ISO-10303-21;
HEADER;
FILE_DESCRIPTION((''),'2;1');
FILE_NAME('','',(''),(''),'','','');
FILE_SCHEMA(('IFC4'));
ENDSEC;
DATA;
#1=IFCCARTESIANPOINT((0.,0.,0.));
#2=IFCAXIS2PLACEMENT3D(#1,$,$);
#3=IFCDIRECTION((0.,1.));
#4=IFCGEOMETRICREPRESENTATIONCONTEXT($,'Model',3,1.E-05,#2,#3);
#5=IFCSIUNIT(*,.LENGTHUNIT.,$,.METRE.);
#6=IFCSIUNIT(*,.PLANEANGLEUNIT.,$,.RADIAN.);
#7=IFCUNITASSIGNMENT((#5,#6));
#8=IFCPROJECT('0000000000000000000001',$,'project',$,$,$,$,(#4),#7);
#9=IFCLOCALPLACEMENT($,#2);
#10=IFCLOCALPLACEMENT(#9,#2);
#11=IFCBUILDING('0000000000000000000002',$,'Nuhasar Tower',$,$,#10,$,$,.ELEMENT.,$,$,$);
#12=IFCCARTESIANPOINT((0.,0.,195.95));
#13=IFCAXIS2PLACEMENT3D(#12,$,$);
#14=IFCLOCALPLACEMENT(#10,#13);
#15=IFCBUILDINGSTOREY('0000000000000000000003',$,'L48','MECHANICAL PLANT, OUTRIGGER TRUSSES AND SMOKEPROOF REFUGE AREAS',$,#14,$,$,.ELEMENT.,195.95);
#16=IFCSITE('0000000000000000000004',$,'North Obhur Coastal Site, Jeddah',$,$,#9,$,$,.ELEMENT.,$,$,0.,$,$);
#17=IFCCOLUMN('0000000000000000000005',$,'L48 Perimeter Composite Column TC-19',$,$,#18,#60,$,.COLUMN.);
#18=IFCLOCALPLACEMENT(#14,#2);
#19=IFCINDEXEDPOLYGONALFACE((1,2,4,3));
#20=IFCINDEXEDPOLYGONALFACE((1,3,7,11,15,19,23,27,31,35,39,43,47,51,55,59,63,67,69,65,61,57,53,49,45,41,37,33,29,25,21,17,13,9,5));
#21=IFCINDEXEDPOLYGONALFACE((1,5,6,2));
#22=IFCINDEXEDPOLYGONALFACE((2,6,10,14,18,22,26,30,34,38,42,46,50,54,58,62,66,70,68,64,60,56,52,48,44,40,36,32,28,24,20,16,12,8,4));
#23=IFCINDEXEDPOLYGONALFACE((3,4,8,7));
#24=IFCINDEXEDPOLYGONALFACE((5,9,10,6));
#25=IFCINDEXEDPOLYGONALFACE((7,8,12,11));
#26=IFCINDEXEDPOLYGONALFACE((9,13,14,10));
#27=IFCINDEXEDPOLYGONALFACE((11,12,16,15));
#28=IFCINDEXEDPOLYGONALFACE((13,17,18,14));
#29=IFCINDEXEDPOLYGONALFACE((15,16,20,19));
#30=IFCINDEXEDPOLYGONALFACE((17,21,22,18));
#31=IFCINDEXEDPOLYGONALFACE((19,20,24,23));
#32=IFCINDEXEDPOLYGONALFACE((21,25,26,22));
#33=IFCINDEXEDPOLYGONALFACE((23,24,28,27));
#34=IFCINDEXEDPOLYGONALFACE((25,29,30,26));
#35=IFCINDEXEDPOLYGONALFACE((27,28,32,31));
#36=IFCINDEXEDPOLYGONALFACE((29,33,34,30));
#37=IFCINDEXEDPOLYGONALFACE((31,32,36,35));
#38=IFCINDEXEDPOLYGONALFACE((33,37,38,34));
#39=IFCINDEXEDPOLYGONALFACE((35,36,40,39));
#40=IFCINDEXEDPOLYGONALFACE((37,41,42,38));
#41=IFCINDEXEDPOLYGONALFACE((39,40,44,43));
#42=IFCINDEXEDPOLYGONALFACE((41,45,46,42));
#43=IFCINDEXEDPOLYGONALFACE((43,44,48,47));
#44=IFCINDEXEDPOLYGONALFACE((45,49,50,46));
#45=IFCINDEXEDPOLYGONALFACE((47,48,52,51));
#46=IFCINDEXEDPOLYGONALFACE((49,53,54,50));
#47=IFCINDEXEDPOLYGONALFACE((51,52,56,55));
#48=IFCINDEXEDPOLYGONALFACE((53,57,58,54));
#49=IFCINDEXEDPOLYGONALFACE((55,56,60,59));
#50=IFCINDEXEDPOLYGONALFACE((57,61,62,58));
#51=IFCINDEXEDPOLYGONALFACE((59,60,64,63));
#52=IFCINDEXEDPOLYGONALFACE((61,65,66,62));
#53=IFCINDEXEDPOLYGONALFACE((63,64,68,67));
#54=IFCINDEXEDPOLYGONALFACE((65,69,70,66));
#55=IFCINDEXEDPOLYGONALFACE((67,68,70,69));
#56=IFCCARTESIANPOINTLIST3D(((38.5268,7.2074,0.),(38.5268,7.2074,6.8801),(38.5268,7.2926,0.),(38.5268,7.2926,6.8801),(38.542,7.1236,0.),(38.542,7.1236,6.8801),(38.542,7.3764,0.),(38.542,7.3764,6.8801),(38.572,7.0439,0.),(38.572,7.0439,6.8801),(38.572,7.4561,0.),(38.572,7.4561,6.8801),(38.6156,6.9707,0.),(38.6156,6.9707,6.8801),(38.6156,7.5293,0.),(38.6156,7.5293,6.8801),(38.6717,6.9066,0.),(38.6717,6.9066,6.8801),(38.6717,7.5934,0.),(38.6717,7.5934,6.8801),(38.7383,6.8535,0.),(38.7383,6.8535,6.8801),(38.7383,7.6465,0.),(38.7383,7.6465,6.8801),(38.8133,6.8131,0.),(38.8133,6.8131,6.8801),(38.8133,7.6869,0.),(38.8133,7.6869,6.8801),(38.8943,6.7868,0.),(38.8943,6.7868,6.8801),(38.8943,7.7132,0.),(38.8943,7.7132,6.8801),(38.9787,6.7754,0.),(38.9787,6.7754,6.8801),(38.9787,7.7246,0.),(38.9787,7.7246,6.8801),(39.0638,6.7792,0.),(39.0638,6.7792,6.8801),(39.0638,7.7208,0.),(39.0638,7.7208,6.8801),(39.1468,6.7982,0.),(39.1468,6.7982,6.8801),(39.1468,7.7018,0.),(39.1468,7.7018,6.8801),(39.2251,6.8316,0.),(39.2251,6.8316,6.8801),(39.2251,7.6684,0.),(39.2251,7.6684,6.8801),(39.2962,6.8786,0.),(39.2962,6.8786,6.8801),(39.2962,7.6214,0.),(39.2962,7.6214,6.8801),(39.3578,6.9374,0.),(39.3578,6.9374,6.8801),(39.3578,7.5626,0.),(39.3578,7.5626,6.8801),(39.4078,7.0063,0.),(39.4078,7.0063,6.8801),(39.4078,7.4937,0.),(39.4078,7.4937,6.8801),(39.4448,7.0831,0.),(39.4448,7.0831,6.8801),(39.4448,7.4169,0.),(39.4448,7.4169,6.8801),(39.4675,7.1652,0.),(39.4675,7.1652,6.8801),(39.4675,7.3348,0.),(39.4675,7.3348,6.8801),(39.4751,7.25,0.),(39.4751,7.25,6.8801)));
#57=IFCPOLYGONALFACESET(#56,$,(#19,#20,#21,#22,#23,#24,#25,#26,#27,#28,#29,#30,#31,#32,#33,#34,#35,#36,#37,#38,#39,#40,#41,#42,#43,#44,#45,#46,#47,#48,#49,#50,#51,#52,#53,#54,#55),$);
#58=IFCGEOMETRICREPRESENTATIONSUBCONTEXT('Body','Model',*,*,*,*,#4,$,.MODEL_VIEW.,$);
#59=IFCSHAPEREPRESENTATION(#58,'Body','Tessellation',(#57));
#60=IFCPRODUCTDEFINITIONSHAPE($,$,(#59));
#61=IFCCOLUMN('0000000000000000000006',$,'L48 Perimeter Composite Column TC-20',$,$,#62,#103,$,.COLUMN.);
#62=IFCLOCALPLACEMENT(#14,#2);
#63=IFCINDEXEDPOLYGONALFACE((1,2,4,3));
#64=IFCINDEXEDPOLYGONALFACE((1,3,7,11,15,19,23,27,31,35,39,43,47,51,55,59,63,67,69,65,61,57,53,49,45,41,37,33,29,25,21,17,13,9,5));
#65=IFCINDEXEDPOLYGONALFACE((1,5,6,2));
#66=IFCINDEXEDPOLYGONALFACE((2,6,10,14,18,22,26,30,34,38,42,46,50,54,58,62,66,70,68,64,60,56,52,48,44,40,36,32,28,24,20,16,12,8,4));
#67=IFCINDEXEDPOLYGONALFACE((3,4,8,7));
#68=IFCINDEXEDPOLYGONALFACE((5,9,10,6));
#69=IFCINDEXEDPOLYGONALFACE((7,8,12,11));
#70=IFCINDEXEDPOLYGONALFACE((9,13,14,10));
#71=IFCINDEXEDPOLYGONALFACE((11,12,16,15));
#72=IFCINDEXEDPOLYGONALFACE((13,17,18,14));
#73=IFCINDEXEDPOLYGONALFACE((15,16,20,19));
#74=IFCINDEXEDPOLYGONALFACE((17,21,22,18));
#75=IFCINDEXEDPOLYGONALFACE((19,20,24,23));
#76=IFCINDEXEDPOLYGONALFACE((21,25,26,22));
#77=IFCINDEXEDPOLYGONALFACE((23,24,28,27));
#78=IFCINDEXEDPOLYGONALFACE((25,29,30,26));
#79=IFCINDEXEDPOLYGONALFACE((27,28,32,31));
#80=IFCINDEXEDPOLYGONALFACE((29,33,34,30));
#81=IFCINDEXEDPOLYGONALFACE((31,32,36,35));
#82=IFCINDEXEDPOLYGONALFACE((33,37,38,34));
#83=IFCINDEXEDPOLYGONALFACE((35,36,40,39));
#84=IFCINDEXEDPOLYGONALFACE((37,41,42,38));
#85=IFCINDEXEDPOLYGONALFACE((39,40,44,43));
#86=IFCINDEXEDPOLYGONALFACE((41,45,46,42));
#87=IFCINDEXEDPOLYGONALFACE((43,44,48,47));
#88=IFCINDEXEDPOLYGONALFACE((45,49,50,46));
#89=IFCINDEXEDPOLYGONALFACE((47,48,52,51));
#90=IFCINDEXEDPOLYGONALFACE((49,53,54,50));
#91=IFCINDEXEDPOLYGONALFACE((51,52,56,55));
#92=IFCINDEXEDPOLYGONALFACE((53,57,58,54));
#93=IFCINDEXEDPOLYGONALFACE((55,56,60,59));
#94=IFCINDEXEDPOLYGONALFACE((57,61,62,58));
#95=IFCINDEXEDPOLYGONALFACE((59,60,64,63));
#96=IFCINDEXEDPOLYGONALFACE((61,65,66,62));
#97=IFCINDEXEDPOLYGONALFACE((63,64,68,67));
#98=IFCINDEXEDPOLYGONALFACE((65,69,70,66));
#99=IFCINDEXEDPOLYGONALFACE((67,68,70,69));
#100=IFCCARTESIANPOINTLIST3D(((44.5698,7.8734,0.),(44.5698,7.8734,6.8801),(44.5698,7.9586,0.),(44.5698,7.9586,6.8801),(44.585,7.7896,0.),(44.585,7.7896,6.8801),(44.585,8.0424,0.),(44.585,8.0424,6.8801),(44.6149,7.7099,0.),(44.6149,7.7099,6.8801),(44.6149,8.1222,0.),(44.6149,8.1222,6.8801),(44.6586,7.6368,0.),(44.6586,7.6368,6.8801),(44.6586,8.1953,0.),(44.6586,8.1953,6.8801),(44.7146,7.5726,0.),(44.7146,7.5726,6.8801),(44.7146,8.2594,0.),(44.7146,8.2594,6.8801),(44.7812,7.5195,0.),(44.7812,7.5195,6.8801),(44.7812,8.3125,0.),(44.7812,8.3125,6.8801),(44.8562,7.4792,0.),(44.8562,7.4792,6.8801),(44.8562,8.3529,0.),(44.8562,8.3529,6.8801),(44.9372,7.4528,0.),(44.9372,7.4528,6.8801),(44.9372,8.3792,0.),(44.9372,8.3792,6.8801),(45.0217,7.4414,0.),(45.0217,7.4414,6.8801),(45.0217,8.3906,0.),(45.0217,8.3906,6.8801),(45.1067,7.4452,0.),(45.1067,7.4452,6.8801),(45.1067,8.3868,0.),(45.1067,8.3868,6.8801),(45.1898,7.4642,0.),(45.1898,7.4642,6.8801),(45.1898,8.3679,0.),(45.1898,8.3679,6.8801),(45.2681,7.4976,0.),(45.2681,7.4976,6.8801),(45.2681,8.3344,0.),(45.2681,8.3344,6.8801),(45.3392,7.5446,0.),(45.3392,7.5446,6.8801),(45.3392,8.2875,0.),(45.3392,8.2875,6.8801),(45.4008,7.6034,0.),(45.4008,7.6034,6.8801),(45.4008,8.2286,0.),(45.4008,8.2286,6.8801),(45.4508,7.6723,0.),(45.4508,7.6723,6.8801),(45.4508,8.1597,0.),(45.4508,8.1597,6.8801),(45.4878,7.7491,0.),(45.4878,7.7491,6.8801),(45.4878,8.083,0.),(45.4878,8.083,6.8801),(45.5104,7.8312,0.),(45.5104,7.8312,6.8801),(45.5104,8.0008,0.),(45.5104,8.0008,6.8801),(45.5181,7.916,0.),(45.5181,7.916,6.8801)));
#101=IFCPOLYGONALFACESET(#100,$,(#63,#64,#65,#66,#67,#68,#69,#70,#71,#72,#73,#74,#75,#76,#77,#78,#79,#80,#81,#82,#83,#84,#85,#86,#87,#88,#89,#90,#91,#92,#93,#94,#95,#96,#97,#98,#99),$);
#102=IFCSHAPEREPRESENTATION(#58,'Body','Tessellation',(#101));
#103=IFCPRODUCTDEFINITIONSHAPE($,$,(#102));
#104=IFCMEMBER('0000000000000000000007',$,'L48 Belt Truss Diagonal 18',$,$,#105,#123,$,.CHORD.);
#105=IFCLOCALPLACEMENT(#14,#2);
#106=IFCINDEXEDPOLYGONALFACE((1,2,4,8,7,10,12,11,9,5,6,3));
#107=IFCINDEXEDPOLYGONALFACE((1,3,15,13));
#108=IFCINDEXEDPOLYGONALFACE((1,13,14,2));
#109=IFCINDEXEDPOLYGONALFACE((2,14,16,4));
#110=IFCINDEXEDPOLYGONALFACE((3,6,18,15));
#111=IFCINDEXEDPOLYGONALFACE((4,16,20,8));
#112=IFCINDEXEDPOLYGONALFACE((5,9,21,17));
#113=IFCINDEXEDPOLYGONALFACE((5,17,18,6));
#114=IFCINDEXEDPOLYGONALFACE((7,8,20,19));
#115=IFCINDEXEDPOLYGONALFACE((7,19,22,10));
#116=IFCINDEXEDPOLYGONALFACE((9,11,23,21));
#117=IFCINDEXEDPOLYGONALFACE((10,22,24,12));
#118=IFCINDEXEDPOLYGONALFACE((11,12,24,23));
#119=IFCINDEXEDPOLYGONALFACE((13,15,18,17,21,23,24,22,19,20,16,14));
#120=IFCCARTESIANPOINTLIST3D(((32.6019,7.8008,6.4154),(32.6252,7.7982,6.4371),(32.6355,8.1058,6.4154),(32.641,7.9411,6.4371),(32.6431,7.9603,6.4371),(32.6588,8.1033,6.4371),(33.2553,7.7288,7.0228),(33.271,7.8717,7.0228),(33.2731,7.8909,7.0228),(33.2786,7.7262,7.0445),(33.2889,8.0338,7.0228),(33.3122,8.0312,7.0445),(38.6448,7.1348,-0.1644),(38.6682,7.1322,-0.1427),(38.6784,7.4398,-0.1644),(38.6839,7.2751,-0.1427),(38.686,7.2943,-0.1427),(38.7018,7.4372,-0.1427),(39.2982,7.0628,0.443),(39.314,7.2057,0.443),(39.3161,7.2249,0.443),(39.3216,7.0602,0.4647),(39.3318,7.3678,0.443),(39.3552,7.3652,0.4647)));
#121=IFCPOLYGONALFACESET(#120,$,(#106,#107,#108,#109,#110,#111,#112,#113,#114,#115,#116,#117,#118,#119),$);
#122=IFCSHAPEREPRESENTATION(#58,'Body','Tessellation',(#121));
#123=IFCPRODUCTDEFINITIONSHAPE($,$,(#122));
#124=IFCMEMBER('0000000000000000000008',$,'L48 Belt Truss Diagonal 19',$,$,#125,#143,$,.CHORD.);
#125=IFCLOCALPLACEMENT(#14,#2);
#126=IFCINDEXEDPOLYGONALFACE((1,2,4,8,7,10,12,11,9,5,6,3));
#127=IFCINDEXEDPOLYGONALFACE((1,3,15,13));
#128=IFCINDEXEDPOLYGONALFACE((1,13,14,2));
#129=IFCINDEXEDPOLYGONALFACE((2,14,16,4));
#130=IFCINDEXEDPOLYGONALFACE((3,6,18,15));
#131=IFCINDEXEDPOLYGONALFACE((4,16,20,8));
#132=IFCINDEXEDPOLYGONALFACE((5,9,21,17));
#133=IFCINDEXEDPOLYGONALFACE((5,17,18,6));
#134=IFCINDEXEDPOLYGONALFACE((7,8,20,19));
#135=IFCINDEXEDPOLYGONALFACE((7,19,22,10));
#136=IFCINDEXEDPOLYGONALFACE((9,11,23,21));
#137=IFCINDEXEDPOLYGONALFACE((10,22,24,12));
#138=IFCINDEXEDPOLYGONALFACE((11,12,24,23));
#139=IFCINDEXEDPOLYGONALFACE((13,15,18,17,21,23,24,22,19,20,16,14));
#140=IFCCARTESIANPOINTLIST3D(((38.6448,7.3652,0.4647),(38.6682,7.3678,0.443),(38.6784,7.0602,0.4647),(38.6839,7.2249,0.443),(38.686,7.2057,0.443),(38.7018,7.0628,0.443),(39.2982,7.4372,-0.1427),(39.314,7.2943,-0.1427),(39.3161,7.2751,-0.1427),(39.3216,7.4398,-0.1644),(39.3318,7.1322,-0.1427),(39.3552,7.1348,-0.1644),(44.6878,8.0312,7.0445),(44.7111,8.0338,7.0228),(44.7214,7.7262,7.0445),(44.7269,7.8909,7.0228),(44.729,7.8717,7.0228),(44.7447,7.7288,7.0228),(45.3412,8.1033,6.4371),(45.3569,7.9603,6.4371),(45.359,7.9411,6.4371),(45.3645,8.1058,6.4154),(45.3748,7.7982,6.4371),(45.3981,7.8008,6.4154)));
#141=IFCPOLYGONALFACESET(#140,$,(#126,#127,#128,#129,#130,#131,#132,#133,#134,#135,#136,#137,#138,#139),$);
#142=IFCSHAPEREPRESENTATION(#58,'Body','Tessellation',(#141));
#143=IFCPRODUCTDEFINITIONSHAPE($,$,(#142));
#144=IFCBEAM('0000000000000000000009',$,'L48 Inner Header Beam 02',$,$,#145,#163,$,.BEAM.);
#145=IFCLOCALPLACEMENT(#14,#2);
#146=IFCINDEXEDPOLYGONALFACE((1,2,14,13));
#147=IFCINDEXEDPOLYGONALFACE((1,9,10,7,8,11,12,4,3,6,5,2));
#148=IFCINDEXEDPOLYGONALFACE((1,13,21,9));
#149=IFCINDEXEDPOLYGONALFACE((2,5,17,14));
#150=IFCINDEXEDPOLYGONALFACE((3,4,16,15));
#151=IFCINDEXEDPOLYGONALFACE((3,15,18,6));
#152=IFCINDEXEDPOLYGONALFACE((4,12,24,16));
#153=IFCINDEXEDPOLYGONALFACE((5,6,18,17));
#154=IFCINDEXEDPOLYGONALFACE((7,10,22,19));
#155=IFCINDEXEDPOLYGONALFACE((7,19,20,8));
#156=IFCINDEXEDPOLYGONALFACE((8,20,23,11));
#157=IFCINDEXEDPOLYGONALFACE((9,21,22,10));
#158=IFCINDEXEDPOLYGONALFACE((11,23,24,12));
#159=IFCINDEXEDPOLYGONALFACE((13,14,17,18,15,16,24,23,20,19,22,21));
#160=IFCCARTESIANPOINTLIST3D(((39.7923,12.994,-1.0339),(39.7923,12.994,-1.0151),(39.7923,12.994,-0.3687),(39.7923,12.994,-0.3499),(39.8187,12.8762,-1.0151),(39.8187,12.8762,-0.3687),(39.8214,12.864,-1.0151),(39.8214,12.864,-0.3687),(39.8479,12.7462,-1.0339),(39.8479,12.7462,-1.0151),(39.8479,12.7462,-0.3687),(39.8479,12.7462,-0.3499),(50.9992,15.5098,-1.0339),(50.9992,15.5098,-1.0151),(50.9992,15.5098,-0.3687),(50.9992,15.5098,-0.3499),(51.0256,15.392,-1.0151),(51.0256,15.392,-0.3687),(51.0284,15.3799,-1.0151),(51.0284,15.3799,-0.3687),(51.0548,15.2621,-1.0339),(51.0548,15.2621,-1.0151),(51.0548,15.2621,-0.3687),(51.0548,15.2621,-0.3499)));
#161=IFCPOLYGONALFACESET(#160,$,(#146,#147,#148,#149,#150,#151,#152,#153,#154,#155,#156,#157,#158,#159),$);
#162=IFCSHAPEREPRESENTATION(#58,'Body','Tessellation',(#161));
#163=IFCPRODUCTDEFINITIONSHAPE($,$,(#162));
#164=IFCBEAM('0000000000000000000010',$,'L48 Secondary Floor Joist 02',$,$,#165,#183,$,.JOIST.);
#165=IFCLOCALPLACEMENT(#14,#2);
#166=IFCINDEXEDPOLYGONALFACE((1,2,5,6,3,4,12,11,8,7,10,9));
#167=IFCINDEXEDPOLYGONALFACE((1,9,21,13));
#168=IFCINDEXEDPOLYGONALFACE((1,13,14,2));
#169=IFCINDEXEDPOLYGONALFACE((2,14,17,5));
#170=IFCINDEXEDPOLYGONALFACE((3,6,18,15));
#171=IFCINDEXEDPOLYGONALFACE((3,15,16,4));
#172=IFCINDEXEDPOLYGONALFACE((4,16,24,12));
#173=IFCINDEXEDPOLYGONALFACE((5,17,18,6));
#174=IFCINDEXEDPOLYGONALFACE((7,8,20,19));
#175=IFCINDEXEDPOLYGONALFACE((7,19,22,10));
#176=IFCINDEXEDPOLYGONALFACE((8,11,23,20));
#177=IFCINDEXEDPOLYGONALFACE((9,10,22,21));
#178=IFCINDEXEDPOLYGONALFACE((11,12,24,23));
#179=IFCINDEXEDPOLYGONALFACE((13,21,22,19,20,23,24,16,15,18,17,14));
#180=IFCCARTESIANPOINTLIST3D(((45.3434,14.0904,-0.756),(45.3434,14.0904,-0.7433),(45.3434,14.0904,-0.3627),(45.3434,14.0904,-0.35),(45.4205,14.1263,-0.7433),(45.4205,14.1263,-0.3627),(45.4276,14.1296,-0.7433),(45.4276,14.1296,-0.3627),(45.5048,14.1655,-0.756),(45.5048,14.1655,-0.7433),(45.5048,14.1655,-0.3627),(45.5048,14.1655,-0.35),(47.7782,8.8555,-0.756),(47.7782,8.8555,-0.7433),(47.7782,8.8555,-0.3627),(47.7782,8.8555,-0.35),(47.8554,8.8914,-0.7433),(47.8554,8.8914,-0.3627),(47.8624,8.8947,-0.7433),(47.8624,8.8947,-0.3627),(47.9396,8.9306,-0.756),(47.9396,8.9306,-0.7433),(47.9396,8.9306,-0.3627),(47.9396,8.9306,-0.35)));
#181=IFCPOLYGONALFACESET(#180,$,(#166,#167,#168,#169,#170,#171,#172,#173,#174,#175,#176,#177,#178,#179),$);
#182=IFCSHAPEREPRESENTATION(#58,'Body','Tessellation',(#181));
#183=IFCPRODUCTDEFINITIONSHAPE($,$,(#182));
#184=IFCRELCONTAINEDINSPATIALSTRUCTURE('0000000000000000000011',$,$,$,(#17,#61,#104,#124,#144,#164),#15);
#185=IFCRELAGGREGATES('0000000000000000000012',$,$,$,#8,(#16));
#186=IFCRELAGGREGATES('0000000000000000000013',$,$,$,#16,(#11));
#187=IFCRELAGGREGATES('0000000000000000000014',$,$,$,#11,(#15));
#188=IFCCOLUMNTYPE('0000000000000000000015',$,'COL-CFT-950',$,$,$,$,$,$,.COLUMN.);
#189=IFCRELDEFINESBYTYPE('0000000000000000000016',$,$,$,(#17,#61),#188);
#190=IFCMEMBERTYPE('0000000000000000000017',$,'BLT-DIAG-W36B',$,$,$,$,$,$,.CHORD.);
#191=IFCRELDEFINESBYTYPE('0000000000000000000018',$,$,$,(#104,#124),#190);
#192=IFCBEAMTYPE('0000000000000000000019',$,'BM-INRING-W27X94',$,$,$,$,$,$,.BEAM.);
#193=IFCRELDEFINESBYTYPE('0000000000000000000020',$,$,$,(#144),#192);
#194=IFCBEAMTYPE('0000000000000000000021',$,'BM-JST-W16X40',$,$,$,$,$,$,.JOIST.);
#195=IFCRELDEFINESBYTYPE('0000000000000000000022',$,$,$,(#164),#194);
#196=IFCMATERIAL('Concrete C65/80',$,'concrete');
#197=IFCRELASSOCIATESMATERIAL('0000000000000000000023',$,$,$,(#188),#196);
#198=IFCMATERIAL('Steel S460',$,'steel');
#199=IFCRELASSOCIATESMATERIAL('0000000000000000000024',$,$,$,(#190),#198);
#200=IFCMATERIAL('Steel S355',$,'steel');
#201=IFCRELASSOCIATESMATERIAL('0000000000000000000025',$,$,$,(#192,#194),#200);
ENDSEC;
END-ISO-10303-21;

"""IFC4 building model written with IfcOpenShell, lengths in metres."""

from ifc_helpers import new_model, si_unit, direction, frame, origin, origin_2d, place, context, subcontext, project, spatial, circle, i_section, extrude, material, material_profile, profile_set, type_object, element, save


model = new_model("IFC4")

# Units and contexts
model_context = context("Model", 3, precision=1e-05, world=origin(), true_north=direction((0.0, 1.0)))
body_context = subcontext(model_context, "Body", "Model", "MODEL_VIEW")
ifc_project = project(units=[si_unit("LENGTHUNIT", "METRE"), si_unit("PLANEANGLEUNIT", "RADIAN")], contexts=[model_context])

# Site, building, storey
site_placement = place(None, origin())
site = spatial("IfcSite", under=ifc_project, at=site_placement, Name="North Obhur Coastal Site, Jeddah", CompositionType="ELEMENT", RefElevation=0.0)
building_placement = place(site_placement, origin())
building = spatial("IfcBuilding", under=site, at=building_placement, Name="Nuhasar Tower", CompositionType="ELEMENT")
storey_placement = place(building_placement, frame((0.0, 0.0, 195.95)))
storey = spatial("IfcBuildingStorey", under=building, at=storey_placement, Name="L48", Description="MECHANICAL PLANT, OUTRIGGER TRUSSES AND SMOKEPROOF REFUGE AREAS", CompositionType="ELEMENT", Elevation=195.95)

# Columns
ifc_material_1 = material(Name="Concrete C65/80", Category="concrete")
ifc_material_profile_1 = material_profile(ifc_material_1, circle(Radius=0.4751, at=origin_2d()), Name="CFT950")
ifc_profile_set_1 = profile_set([ifc_material_profile_1], Name="Concrete C65/80")
column_type = type_object("IfcColumnType", Name="COL-CFT-950", PredefinedType="COLUMN", material=ifc_profile_set_1)
for number, where, z_axis, x_axis, name in (
    (1, (39.0, 7.25, 0.0), (0.0, 0.0, 1.0), (1.0, 0.0, 0.0), "L48 Perimeter Composite Column TC-19"),
    (2, (45.043, 7.916, 0.0), (0.0, 0.0, 1.0), (1.0, 0.0, 0.0), "L48 Perimeter Composite Column TC-20"),
):
    element("IfcColumn", number, at=place(storey_placement, frame(where, z_axis=z_axis, x_axis=x_axis)), inside=storey, type_object=column_type, Name=name, PredefinedType="COLUMN", context=body_context, shape_type="SweptSolid", body=[
        extrude(circle(Radius=0.4751, at=origin_2d()), origin(), (0.0, 0.0, 1.0), 6.8801),
    ])

# Members
ifc_material_2 = material(Name="Steel S460", Category="steel")
ifc_material_profile_2 = material_profile(ifc_material_2, i_section(OverallWidth=0.3069, OverallDepth=0.927, WebThickness=0.0193, FlangeThickness=0.032, at=origin_2d()), Name="W36X194")
ifc_profile_set_2 = profile_set([ifc_material_profile_2], Name="Steel S460")
member_type_1 = type_object("IfcMemberType", Name="BLT-DIAG-W36B", PredefinedType="CHORD", material=ifc_profile_set_2)
for number, where, z_axis, x_axis, name in (
    (3, (39.0, 7.25, 0.1501), (-0.674549, 0.074344, 0.734477), (-0.10955, -0.993981, 0.0), "L48 Belt Truss Diagonal 18"),
    (4, (39.0, 7.25, 0.1501), (0.674549, 0.074344, 0.734477), (-0.10955, 0.993981, 0.0), "L48 Belt Truss Diagonal 19"),
):
    element("IfcMember", number, at=place(storey_placement, frame(where, z_axis=z_axis, x_axis=x_axis)), inside=storey, type_object=member_type_1, Name=name, PredefinedType="CHORD", context=body_context, shape_type="SweptSolid", body=[
        extrude(i_section(OverallWidth=0.3069, OverallDepth=0.927, WebThickness=0.0193, FlangeThickness=0.032, at=origin_2d()), origin(), (0.0, 0.0, 1.0), 8.9585),
    ])

# Beams
ifc_material_3 = material(Name="Steel S355", Category="steel")
ifc_material_profile_3 = material_profile(ifc_material_3, i_section(OverallWidth=0.2539, OverallDepth=0.6841, WebThickness=0.0125, FlangeThickness=0.0188, at=origin_2d()), Name="W27X94")
ifc_profile_set_3 = profile_set([ifc_material_profile_3], Name="Steel S355")
beam_type_1 = type_object("IfcBeamType", Name="BM-INRING-W27X94", PredefinedType="BEAM", material=ifc_profile_set_3)
beam_1_placement = place(storey_placement, frame((39.8201, 12.8701, -0.6919), z_axis=(0.975716, 0.219039, 0.0), x_axis=(-0.219039, 0.975716, 0.0)))
element("IfcBeam", 5, at=beam_1_placement, inside=storey, type_object=beam_type_1, Name="L48 Inner Header Beam 02", PredefinedType="BEAM", context=body_context, shape_type="SweptSolid", body=[
    extrude(i_section(OverallWidth=0.2539, OverallDepth=0.6841, WebThickness=0.0125, FlangeThickness=0.0188, at=origin_2d()), origin(), (0.0, 0.0, 1.0), 11.4858),
])
ifc_material_profile_4 = material_profile(ifc_material_3, i_section(OverallWidth=0.178, OverallDepth=0.406, WebThickness=0.0078, FlangeThickness=0.0127, at=origin_2d()), Name="W16X40")
ifc_profile_set_4 = profile_set([ifc_material_profile_4], Name="Steel S355")
beam_type_2 = type_object("IfcBeamType", Name="BM-JST-W16X40", PredefinedType="JOIST", material=ifc_profile_set_4)
beam_2_placement = place(storey_placement, frame((45.4241, 14.1279, -0.553), z_axis=(0.42173, -0.906721, 0.0), x_axis=(0.906721, 0.42173, 0.0)))
element("IfcBeam", 6, at=beam_2_placement, inside=storey, type_object=beam_type_2, Name="L48 Secondary Floor Joist 02", PredefinedType="JOIST", context=body_context, shape_type="SweptSolid", body=[
    extrude(i_section(OverallWidth=0.178, OverallDepth=0.406, WebThickness=0.0078, FlangeThickness=0.0127, at=origin_2d()), origin(), (0.0, 0.0, 1.0), 5.7734),
])

save(model, "model.ifc")
